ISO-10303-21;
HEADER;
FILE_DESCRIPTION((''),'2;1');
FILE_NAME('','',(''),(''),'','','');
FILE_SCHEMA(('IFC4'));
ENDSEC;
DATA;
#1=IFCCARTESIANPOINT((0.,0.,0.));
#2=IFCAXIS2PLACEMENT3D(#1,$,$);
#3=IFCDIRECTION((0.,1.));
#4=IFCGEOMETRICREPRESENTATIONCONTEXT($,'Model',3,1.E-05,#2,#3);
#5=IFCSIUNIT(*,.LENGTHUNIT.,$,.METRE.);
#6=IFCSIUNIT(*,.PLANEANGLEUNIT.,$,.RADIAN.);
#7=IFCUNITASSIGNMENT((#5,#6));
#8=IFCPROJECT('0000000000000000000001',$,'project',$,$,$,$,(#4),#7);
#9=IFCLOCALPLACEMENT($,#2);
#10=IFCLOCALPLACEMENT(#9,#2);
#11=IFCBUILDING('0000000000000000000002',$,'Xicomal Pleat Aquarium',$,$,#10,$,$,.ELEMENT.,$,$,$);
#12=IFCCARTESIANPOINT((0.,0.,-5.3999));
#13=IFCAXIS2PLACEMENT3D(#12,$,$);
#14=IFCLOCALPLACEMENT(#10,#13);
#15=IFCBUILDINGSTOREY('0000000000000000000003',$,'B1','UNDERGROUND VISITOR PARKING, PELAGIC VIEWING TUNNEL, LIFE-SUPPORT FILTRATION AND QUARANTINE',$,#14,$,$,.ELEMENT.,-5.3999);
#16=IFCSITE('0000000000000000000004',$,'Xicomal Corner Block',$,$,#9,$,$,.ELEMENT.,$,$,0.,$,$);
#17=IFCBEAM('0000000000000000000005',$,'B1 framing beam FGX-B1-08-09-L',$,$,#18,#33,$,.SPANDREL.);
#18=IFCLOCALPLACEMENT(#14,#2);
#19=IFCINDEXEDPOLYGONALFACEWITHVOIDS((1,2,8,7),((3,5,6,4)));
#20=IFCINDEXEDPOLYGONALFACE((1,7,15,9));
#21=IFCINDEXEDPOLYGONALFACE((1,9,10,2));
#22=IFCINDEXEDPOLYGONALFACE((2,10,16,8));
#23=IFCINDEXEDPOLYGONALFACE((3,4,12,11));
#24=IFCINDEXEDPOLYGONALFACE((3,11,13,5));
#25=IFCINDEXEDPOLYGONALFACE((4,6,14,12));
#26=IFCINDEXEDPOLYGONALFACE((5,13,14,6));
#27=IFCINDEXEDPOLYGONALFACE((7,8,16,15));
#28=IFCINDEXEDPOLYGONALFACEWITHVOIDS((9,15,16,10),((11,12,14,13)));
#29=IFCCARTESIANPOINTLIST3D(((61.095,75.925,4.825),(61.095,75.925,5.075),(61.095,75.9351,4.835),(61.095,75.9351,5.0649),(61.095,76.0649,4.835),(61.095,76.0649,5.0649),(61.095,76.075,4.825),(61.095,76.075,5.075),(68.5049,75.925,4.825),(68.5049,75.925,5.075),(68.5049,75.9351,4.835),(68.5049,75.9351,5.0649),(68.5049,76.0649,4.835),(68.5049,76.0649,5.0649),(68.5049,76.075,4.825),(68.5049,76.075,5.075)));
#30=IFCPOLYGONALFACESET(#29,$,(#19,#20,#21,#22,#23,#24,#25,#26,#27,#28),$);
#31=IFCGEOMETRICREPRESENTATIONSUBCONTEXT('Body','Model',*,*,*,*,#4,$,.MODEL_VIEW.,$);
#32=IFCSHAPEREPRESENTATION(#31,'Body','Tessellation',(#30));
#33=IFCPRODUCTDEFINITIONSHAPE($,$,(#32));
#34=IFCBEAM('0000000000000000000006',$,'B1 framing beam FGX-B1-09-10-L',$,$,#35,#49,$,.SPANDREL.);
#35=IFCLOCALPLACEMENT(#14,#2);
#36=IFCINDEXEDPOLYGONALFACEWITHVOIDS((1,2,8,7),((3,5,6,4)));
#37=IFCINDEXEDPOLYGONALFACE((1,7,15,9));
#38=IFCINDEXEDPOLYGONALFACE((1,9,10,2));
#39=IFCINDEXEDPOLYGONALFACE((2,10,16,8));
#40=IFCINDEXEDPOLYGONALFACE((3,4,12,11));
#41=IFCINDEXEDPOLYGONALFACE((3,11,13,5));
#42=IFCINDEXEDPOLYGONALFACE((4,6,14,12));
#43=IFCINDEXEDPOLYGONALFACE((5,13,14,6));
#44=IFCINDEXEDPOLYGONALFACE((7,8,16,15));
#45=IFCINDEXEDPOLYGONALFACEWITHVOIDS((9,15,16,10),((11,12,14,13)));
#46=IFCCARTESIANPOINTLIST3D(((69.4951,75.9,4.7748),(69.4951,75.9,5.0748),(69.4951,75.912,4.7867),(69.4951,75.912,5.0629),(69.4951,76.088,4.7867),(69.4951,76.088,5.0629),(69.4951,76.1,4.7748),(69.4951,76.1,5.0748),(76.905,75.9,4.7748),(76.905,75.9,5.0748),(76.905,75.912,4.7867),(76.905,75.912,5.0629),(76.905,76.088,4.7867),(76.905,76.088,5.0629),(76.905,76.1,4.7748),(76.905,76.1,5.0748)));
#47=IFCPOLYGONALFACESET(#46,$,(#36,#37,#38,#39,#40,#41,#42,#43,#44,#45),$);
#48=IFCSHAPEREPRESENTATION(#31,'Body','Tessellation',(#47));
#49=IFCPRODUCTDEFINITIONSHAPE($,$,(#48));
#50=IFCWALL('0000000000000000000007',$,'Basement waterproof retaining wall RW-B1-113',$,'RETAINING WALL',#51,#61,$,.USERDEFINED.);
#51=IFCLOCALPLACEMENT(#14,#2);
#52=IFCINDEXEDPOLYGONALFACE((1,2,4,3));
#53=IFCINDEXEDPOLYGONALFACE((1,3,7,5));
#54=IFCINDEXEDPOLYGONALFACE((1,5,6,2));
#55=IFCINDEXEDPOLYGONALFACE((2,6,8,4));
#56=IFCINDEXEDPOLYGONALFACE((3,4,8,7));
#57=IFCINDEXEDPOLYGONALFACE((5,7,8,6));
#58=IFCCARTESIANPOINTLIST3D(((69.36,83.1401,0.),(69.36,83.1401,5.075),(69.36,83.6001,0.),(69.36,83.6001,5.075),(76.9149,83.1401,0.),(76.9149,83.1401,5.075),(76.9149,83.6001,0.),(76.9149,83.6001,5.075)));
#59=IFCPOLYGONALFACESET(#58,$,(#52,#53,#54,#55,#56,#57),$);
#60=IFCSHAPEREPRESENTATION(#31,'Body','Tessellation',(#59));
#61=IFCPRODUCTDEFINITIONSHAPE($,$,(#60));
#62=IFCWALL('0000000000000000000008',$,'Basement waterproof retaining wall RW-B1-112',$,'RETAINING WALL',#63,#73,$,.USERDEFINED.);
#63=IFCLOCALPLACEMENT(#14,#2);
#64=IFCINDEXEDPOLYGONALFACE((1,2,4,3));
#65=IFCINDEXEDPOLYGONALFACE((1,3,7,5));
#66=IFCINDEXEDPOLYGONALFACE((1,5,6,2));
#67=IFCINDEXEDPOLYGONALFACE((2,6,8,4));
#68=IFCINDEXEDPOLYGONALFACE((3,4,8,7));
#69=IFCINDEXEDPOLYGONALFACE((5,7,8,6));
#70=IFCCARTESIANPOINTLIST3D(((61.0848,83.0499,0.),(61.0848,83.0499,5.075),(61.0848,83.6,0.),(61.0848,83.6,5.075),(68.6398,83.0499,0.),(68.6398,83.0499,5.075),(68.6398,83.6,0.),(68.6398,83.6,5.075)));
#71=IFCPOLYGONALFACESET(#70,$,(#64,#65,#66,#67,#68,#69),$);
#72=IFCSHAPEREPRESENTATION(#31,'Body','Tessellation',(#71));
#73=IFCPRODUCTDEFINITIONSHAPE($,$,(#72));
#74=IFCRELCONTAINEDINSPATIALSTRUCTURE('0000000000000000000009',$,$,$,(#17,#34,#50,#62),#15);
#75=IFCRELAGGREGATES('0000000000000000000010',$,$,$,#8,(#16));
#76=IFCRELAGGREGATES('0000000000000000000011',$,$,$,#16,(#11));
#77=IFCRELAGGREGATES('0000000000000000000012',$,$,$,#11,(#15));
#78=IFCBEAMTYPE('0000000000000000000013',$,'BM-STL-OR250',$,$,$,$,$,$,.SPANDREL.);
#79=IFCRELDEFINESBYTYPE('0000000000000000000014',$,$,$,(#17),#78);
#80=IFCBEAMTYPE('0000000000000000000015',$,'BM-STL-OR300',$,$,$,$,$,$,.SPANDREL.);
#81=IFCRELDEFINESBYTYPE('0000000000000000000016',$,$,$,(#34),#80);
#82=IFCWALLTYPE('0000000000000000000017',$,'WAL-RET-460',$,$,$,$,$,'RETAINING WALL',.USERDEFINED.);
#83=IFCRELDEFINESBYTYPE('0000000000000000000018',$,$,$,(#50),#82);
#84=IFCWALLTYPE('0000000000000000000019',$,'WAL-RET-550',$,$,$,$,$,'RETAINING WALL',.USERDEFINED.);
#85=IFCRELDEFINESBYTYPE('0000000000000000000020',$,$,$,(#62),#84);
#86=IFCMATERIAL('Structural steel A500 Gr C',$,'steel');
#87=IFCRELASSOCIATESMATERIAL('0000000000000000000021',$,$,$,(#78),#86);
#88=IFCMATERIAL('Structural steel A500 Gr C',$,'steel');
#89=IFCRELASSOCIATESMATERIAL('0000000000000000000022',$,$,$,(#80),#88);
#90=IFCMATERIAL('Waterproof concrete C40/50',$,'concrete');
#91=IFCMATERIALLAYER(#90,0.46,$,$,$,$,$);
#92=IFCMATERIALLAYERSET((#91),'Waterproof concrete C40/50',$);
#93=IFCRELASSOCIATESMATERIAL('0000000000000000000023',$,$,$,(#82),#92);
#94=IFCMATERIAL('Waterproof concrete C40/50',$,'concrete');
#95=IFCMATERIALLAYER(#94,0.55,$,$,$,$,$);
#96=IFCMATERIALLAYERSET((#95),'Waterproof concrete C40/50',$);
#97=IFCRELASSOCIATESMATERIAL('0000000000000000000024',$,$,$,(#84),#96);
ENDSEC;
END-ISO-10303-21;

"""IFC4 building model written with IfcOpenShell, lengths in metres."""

from ifc_helpers import new_model, si_unit, direction, frame, frame_2d, origin, origin_2d, place, context, subcontext, project, spatial, rectangle, hollow_rectangle, extrude, material, layer, layer_set, material_profile, profile_set, type_object, element, save


model = new_model("IFC4")

# Units and contexts
model_context = context("Model", 3, precision=1e-05, world=origin(), true_north=direction((0.0, 1.0)))
body_context = subcontext(model_context, "Body", "Model", "MODEL_VIEW")
ifc_project = project(units=[si_unit("LENGTHUNIT", "METRE"), si_unit("PLANEANGLEUNIT", "RADIAN")], contexts=[model_context])

# Site, building, storey
site_placement = place(None, origin())
site = spatial("IfcSite", under=ifc_project, at=site_placement, Name="Xicomal Corner Block", CompositionType="ELEMENT", RefElevation=0.0)
building_placement = place(site_placement, origin())
building = spatial("IfcBuilding", under=site, at=building_placement, Name="Xicomal Pleat Aquarium", CompositionType="ELEMENT")
storey_placement = place(building_placement, frame((0.0, 0.0, -5.3999)))
storey = spatial("IfcBuildingStorey", under=building, at=storey_placement, Name="B1", Description="UNDERGROUND VISITOR PARKING, PELAGIC VIEWING TUNNEL, LIFE-SUPPORT FILTRATION AND QUARANTINE", CompositionType="ELEMENT", Elevation=-5.3999)

# Beams
ifc_material_1 = material(Name="Structural steel A500 Gr C", Category="steel")
ifc_material_profile_1 = material_profile(ifc_material_1, hollow_rectangle(XDim=0.1499, YDim=0.25, WallThickness=0.01, at=origin_2d()), Name="OR 250x150x10")
ifc_profile_set_1 = profile_set([ifc_material_profile_1], Name="Structural steel A500 Gr C")
beam_type_1 = type_object("IfcBeamType", Name="BM-STL-OR250", PredefinedType="SPANDREL", material=ifc_profile_set_1)
beam_1_placement = place(storey_placement, frame((61.095, 76.0, 4.95), z_axis=(1.0, 0.0, 0.0), x_axis=(0.0, 1.0, 0.0)))
element("IfcBeam", 1, at=beam_1_placement, inside=storey, type_object=beam_type_1, Name="B1 framing beam FGX-B1-08-09-L", PredefinedType="SPANDREL", context=body_context, shape_type="SweptSolid", body=[
    extrude(hollow_rectangle(XDim=0.1499, YDim=0.25, WallThickness=0.01, at=origin_2d()), origin(), (0.0, 0.0, 1.0), 7.4099),
])
ifc_material_2 = material(Name="Structural steel A500 Gr C", Category="steel")
ifc_material_profile_2 = material_profile(ifc_material_2, hollow_rectangle(XDim=0.2, YDim=0.3, WallThickness=0.012, at=origin_2d()), Name="OR 300x200x12")
ifc_profile_set_2 = profile_set([ifc_material_profile_2], Name="Structural steel A500 Gr C")
beam_type_2 = type_object("IfcBeamType", Name="BM-STL-OR300", PredefinedType="SPANDREL", material=ifc_profile_set_2)
beam_2_placement = place(storey_placement, frame((69.4951, 76.0, 4.9248), z_axis=(1.0, 0.0, 0.0), x_axis=(0.0, 1.0, 0.0)))
element("IfcBeam", 2, at=beam_2_placement, inside=storey, type_object=beam_type_2, Name="B1 framing beam FGX-B1-09-10-L", PredefinedType="SPANDREL", context=body_context, shape_type="SweptSolid", body=[
    extrude(hollow_rectangle(XDim=0.2, YDim=0.3, WallThickness=0.012, at=origin_2d()), origin(), (0.0, 0.0, 1.0), 7.4099),
])

# Walls
ifc_material_3 = material(Name="Waterproof concrete C40/50", Category="concrete")
ifc_layer_1 = layer(ifc_material_3, 0.46)
ifc_layer_set_1 = layer_set([ifc_layer_1], Name="Waterproof concrete C40/50")
wall_type_1 = type_object("IfcWallType", Name="WAL-RET-460", ElementType="RETAINING WALL", PredefinedType="USERDEFINED", material=ifc_layer_set_1)
wall_1_placement = place(storey_placement, frame((69.3601, 83.3701, 0.0), z_axis=(0.0, 0.0, 1.0), x_axis=(1.0, 0.0, 0.0)))
element("IfcWall", 3, at=wall_1_placement, inside=storey, type_object=wall_type_1, Name="Basement waterproof retaining wall RW-B1-113", ObjectType="RETAINING WALL", PredefinedType="USERDEFINED", context=body_context, shape_type="SweptSolid", body=[
    extrude(rectangle(XDim=7.5549, YDim=0.46, at=frame_2d((3.7773, 0.0))), origin(), (0.0, 0.0, 1.0), 5.075),
])
ifc_material_4 = material(Name="Waterproof concrete C40/50", Category="concrete")
ifc_layer_2 = layer(ifc_material_4, 0.55)
ifc_layer_set_2 = layer_set([ifc_layer_2], Name="Waterproof concrete C40/50")
wall_type_2 = type_object("IfcWallType", Name="WAL-RET-550", ElementType="RETAINING WALL", PredefinedType="USERDEFINED", material=ifc_layer_set_2)
wall_2_placement = place(storey_placement, frame((61.085, 83.325, 0.0), z_axis=(0.0, 0.0, 1.0), x_axis=(1.0, 0.0, 0.0)))
element("IfcWall", 4, at=wall_2_placement, inside=storey, type_object=wall_type_2, Name="Basement waterproof retaining wall RW-B1-112", ObjectType="RETAINING WALL", PredefinedType="USERDEFINED", context=body_context, shape_type="SweptSolid", body=[
    extrude(rectangle(XDim=7.5549, YDim=0.55, at=frame_2d((3.7773, 0.0))), origin(), (0.0, 0.0, 1.0), 5.075),
])

save(model, "model.ifc")
